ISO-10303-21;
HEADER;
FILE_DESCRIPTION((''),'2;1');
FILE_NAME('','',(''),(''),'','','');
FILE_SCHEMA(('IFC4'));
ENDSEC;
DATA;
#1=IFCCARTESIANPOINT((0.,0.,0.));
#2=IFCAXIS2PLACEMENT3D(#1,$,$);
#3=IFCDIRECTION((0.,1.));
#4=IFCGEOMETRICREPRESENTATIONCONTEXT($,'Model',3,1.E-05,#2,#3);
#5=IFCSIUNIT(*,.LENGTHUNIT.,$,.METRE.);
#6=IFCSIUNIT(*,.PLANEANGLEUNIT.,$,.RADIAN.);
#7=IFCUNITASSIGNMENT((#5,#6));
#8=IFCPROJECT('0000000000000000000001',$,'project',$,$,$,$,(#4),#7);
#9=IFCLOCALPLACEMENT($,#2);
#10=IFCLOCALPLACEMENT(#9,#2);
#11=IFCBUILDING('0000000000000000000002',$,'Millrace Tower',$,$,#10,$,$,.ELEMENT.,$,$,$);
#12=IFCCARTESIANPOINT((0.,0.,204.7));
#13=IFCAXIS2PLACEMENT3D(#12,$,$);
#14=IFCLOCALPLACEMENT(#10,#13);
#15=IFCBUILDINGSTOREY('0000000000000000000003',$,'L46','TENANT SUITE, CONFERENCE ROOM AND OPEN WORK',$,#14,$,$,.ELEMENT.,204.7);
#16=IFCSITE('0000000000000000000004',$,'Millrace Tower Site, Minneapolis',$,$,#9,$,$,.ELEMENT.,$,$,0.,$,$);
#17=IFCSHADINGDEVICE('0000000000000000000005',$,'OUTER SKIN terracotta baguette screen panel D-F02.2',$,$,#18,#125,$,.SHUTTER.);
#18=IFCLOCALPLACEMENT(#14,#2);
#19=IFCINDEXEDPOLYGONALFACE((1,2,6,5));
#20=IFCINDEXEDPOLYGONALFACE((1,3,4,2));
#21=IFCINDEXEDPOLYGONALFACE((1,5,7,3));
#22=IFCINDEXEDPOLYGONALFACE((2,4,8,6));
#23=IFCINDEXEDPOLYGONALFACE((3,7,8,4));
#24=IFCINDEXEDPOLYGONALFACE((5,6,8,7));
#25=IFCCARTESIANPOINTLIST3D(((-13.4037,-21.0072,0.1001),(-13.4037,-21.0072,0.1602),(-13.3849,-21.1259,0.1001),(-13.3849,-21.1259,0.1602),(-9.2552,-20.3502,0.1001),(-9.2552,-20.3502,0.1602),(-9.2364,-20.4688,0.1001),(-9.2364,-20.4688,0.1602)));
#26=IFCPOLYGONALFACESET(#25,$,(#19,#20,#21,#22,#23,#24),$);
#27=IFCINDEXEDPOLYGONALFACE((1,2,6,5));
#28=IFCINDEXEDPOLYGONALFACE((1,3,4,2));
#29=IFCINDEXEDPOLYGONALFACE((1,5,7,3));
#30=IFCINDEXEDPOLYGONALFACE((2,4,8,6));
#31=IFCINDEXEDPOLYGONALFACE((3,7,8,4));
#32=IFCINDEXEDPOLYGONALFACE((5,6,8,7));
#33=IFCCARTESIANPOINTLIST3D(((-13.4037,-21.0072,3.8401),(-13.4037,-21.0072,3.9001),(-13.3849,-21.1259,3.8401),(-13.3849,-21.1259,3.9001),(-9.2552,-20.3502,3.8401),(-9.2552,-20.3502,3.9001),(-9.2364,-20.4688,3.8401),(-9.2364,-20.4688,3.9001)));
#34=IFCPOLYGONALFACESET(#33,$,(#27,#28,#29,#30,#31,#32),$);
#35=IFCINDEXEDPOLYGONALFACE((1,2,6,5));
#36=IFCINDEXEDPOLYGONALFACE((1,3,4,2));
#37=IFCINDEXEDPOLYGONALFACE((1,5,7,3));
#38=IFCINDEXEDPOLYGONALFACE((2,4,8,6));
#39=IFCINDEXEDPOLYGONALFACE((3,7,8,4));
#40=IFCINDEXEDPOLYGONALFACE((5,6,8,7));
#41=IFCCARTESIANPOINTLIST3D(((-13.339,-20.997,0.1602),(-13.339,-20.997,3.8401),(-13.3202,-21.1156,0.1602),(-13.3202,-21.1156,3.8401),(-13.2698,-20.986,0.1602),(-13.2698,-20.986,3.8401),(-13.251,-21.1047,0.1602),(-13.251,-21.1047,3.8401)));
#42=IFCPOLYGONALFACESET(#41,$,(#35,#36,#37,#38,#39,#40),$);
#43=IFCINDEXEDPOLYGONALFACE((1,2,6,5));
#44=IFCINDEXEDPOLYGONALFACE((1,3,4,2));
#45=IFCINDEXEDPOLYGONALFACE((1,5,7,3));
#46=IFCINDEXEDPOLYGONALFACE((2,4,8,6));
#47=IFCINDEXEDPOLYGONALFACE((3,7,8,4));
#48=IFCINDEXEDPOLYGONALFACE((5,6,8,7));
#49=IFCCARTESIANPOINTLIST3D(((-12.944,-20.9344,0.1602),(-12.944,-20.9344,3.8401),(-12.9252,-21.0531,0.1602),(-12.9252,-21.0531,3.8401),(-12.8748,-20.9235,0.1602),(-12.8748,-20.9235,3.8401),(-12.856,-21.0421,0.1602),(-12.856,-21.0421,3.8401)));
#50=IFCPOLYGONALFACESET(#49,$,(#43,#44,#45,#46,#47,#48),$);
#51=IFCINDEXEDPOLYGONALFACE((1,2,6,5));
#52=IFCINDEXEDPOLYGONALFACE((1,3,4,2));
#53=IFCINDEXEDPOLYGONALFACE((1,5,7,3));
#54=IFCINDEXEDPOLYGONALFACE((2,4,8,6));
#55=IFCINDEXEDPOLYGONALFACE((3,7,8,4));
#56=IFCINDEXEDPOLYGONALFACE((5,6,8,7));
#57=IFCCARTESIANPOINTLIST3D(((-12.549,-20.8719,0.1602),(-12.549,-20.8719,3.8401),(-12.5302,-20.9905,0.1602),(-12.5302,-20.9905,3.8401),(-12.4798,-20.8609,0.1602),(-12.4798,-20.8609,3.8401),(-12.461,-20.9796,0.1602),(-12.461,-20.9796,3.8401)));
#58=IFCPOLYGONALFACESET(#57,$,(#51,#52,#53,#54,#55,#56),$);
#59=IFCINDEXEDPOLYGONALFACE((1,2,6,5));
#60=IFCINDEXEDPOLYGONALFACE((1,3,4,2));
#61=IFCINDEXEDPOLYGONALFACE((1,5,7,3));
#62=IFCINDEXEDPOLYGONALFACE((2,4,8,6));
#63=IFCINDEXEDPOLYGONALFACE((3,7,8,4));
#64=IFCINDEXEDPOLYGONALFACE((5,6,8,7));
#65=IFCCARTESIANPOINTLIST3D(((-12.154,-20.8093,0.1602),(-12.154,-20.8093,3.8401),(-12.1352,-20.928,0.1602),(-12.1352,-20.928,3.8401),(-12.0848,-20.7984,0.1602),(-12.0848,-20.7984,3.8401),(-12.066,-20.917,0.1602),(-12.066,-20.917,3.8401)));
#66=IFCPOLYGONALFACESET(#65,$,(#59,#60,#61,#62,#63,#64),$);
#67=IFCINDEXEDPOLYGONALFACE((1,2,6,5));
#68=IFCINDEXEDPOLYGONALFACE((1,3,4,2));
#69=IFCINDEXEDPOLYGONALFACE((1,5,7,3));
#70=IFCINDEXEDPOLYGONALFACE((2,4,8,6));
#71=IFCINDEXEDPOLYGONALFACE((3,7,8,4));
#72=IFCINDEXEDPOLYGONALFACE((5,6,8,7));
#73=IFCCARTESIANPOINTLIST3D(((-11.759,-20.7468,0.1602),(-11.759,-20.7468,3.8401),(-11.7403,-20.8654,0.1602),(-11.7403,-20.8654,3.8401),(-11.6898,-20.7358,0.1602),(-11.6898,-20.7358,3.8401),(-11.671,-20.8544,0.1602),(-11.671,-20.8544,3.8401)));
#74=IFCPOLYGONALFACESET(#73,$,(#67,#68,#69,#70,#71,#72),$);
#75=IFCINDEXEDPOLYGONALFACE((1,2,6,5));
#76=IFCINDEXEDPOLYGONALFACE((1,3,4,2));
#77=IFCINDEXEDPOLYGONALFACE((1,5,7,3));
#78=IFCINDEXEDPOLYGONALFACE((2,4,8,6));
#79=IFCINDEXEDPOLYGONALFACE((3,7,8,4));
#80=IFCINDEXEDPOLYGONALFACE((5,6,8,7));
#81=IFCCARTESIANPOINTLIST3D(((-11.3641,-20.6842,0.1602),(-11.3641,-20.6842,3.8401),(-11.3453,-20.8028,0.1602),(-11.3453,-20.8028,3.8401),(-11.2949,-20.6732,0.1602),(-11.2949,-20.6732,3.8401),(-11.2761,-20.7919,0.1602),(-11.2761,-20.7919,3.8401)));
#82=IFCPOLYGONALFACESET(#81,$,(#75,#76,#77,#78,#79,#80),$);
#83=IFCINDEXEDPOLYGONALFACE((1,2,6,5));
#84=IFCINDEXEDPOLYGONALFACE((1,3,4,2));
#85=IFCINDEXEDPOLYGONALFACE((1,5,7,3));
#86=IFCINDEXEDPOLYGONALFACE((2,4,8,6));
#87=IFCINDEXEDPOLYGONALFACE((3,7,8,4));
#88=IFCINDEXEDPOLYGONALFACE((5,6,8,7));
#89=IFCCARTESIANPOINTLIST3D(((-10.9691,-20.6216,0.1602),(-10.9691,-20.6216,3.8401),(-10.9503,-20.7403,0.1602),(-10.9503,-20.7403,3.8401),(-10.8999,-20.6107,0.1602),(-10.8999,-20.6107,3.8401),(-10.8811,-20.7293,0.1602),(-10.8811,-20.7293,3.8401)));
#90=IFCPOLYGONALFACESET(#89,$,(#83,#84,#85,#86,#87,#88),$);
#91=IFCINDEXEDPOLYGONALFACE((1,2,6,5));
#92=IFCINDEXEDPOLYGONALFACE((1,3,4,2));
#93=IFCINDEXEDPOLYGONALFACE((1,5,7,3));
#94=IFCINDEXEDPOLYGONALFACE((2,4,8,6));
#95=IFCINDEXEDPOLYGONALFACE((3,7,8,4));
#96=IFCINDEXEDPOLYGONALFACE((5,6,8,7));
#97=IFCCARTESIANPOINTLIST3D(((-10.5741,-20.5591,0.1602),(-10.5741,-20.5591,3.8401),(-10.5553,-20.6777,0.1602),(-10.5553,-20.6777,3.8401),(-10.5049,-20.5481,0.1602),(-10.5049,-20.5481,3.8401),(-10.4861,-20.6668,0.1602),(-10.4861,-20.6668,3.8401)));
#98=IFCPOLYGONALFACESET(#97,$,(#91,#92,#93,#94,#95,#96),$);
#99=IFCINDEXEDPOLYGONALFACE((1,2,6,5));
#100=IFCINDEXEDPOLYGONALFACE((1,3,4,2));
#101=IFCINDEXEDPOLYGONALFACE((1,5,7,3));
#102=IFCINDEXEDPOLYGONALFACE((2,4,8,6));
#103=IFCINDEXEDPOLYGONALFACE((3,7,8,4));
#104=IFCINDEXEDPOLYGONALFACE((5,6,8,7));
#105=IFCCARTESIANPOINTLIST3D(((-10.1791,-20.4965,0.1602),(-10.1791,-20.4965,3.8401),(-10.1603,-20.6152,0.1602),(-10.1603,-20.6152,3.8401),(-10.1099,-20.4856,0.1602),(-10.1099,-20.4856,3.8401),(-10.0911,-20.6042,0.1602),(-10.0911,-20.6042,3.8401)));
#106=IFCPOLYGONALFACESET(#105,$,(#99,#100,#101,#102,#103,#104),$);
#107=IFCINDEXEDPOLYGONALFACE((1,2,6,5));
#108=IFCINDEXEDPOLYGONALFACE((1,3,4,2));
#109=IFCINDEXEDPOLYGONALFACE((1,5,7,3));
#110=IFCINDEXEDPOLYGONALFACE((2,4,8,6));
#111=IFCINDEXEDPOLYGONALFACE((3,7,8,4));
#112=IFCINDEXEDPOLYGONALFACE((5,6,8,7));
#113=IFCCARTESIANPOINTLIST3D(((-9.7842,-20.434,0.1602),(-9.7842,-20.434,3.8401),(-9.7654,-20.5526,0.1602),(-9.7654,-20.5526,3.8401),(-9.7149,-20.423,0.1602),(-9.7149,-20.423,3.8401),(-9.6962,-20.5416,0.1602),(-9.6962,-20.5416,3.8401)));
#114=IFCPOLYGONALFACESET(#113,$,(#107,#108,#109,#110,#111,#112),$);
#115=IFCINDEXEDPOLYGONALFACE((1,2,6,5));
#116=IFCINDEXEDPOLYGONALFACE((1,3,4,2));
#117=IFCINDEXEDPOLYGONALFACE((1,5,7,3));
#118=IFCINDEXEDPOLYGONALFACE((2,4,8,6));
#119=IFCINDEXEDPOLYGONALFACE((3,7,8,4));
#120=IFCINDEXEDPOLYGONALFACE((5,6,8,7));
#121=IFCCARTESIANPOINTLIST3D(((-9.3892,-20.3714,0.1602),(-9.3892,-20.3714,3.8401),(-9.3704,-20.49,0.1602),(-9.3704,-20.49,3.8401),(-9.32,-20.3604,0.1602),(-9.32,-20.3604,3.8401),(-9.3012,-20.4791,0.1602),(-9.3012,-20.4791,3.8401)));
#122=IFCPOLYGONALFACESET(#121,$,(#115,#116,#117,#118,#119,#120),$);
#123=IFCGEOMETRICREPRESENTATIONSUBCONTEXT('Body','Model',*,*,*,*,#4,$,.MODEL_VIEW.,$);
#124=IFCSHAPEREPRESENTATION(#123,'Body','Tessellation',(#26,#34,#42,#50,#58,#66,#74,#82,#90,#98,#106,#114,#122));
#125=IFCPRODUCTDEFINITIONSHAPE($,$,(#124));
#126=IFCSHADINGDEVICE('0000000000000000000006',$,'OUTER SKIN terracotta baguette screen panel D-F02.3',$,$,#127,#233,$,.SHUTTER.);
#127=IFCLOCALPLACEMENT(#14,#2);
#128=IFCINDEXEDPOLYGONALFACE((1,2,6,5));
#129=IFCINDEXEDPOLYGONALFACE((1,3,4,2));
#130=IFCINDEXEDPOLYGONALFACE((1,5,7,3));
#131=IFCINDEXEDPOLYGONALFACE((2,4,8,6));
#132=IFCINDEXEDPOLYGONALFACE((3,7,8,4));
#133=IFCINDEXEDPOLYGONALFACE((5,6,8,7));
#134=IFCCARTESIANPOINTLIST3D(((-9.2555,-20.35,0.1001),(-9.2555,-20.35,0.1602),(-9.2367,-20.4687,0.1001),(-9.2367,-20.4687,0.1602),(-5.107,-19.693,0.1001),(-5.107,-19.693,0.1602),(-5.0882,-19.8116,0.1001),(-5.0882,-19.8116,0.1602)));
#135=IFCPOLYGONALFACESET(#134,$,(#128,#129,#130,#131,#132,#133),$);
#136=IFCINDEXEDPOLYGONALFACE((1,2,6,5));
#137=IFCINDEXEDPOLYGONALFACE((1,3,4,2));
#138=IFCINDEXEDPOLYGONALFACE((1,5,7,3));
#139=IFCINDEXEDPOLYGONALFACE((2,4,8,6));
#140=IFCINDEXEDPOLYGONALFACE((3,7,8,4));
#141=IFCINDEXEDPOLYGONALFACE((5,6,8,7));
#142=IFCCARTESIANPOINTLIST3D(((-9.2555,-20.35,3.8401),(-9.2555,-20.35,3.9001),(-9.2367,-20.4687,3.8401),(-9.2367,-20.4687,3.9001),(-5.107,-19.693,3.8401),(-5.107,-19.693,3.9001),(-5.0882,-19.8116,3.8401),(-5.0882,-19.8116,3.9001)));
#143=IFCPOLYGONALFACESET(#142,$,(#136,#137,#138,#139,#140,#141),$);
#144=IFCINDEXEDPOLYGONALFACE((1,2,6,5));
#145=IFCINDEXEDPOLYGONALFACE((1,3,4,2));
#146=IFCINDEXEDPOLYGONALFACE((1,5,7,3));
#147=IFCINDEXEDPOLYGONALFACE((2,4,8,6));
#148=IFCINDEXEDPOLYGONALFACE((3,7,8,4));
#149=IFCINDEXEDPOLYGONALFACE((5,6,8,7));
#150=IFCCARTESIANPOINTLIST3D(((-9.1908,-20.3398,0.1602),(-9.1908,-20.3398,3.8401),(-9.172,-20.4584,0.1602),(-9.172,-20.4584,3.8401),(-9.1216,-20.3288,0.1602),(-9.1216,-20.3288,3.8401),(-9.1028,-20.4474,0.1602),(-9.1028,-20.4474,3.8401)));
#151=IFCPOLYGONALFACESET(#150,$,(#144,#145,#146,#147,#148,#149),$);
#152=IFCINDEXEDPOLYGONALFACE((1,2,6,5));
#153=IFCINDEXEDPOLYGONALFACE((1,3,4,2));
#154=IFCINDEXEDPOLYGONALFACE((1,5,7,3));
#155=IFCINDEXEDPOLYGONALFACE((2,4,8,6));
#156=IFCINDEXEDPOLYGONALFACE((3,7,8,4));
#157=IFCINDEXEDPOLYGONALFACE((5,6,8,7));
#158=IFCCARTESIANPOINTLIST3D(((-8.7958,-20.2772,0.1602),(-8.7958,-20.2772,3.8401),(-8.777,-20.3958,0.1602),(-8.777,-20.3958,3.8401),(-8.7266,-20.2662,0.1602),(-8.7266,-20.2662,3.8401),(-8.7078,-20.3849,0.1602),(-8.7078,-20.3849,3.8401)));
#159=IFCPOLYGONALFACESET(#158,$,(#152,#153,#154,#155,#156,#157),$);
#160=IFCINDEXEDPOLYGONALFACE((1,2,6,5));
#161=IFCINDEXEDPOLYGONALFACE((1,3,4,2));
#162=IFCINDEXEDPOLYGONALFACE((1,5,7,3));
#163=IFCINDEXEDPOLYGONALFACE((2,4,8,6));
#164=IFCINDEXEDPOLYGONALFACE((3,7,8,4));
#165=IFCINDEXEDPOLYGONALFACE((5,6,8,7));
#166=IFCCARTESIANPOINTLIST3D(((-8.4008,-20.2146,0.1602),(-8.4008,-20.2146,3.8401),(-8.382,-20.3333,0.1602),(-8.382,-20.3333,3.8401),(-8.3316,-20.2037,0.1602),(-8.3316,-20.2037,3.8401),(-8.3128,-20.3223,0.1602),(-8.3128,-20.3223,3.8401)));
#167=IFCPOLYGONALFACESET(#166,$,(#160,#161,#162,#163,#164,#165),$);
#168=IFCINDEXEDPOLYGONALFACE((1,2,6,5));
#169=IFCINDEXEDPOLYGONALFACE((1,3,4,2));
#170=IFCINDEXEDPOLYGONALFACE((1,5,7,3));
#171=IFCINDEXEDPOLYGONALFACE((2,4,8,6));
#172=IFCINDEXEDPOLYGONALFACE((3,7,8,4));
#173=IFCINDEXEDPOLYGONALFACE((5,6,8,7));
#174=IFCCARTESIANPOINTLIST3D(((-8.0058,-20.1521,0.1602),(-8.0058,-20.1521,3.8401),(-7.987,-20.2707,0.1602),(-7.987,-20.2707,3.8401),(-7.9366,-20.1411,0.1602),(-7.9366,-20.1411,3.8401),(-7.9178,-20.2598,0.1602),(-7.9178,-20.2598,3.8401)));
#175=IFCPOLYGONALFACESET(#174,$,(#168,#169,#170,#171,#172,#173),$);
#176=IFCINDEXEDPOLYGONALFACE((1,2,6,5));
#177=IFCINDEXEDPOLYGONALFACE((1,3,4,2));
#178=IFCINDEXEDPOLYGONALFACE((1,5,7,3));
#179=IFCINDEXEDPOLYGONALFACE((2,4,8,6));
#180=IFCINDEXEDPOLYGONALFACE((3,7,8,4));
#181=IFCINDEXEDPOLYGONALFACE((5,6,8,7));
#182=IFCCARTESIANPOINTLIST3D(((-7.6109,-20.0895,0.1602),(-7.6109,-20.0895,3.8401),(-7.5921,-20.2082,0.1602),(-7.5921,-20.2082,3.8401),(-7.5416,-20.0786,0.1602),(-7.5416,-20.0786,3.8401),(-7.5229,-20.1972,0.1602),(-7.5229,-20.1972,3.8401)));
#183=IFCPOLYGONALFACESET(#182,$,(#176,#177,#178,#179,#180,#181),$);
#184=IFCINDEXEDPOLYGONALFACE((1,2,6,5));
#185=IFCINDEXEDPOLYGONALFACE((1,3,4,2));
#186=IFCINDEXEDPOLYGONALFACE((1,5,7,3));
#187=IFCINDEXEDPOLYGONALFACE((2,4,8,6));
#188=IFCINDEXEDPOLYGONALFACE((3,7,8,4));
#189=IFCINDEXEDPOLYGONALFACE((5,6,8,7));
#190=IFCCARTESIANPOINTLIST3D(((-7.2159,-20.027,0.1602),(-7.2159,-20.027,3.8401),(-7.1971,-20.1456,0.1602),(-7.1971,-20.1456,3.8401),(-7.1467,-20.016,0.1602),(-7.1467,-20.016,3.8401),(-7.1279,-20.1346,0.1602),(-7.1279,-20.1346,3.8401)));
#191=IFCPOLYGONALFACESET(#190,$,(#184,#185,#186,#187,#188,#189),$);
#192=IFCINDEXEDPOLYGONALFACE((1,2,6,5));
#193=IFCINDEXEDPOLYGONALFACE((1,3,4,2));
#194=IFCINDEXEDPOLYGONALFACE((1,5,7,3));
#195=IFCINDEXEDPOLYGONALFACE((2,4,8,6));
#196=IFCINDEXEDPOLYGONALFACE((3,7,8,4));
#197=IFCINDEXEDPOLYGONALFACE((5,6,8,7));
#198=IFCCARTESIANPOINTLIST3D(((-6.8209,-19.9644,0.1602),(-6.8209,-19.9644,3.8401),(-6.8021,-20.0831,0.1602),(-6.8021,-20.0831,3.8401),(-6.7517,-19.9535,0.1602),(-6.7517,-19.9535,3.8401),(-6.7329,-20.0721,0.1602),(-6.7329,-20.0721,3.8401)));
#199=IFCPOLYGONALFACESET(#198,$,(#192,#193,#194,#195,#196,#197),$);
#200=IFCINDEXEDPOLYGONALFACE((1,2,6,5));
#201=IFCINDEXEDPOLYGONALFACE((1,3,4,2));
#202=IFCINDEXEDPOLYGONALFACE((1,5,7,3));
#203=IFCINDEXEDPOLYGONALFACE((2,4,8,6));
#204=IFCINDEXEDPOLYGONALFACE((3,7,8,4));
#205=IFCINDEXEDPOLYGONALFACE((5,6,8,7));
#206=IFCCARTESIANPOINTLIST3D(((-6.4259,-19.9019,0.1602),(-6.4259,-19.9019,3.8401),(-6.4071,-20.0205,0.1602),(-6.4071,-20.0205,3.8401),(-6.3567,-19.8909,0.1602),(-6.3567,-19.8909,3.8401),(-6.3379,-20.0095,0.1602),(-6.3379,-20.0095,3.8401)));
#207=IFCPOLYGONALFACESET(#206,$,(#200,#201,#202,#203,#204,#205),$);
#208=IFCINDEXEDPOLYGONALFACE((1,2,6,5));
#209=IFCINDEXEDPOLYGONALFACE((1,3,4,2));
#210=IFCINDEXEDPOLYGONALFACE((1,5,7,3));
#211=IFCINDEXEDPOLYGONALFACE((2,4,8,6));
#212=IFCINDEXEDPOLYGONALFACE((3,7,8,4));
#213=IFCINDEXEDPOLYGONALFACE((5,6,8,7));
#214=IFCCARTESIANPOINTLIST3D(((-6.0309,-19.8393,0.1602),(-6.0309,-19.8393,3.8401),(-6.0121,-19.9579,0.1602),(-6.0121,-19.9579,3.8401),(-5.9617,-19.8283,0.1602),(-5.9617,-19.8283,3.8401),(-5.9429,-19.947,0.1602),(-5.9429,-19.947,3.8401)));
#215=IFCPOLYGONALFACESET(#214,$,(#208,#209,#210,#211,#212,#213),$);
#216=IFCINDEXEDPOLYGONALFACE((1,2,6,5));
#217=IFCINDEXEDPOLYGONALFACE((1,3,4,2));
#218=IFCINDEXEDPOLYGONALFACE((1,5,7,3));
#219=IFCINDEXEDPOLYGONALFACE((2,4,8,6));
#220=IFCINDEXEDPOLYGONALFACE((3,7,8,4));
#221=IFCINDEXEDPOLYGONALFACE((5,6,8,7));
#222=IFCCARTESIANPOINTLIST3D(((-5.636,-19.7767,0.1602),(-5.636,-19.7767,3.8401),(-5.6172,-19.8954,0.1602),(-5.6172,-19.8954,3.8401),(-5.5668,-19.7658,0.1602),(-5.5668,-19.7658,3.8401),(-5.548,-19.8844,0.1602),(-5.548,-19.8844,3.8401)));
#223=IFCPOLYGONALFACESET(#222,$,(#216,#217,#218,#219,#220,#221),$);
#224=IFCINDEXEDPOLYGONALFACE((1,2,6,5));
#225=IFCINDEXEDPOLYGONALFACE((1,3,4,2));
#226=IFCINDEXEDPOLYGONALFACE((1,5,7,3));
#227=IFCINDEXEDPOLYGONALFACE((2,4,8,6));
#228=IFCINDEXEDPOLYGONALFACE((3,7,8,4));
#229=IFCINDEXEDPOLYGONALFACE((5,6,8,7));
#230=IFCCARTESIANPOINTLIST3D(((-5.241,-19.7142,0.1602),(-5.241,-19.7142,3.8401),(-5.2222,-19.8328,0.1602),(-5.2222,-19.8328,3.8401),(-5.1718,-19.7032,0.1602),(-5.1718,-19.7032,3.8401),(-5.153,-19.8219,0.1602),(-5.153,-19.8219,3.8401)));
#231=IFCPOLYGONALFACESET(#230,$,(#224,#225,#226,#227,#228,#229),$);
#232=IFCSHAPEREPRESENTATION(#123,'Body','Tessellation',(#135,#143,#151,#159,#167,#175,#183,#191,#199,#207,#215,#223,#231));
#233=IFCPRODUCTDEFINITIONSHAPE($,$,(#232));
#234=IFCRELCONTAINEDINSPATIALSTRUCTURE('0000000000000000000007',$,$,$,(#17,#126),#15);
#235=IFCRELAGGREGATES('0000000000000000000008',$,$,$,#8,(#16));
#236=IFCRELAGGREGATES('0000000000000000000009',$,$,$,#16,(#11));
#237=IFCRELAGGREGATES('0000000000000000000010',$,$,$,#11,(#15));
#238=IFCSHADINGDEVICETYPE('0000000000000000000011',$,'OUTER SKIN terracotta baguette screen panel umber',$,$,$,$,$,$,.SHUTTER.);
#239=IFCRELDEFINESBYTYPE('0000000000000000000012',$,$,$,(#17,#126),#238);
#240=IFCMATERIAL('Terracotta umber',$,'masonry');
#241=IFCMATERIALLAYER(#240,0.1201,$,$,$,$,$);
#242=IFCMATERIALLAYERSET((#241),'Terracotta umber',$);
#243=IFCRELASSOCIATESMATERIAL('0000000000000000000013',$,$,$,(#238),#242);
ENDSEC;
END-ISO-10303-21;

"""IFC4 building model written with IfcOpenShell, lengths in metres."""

from ifc_helpers import new_model, entity, si_unit, direction, frame, frame_2d, origin, origin_2d, place, context, subcontext, project, spatial, rectangle, extrude, source, transform, mapped, material, layer, layer_set, type_object, element, save


model = new_model("IFC4")

# Units and contexts
model_context = context("Model", 3, precision=1e-05, world=origin(), true_north=direction((0.0, 1.0)))
body_context = subcontext(model_context, "Body", "Model", "MODEL_VIEW")
ifc_project = project(units=[si_unit("LENGTHUNIT", "METRE"), si_unit("PLANEANGLEUNIT", "RADIAN")], contexts=[model_context])

# Site, building, storey
site_placement = place(None, origin())
site = spatial("IfcSite", under=ifc_project, at=site_placement, Name="Millrace Tower Site, Minneapolis", CompositionType="ELEMENT", RefElevation=0.0)
building_placement = place(site_placement, origin())
building = spatial("IfcBuilding", under=site, at=building_placement, Name="Millrace Tower", CompositionType="ELEMENT")
storey_placement = place(building_placement, frame((0.0, 0.0, 204.7)))
storey = spatial("IfcBuildingStorey", under=building, at=storey_placement, Name="L46", Description="TENANT SUITE, CONFERENCE ROOM AND OPEN WORK", CompositionType="ELEMENT", Elevation=204.7)

# Shading devices
ifc_material_1 = material(Name="Terracotta umber", Category="masonry")
ifc_layer_1 = layer(ifc_material_1, 0.1201)
ifc_layer_set_1 = layer_set([ifc_layer_1], Name="Terracotta umber")
shading_device_type = type_object("IfcShadingDeviceType", Name="OUTER SKIN terracotta baguette screen panel umber", PredefinedType="SHUTTER", material=ifc_layer_set_1)
cartesian_point = entity("IfcCartesianPoint", [-2.1001, 0.0601])
shared_polyline = entity("IfcPolyline", [cartesian_point, entity("IfcCartesianPoint", [2.1001, 0.0601]), entity("IfcCartesianPoint", [2.1001, -0.0601]), entity("IfcCartesianPoint", [-2.1001, -0.0601]), cartesian_point])
shared_shape = source(origin(), body_context, "Body", "SweptSolid", [
    entity("IfcExtrudedAreaSolid", entity("IfcArbitraryClosedProfileDef", "AREA", None, shared_polyline), entity("IfcAxis2Placement3D", entity("IfcCartesianPoint", [0.0, 0.0, 0.0])), entity("IfcDirection", [0.0, 0.0, 1.0]), 0.0601),
    entity("IfcExtrudedAreaSolid", entity("IfcArbitraryClosedProfileDef", "AREA", None, shared_polyline), entity("IfcAxis2Placement3D", entity("IfcCartesianPoint", [0.0, 0.0, 3.74])), entity("IfcDirection", [0.0, 0.0, 1.0]), 0.0601),
    extrude(rectangle(XDim=0.0701, YDim=0.1201, at=frame_2d((-1.9995, 0.0))), frame((0.0, 0.0, 0.0601)), (0.0, 0.0, 1.0), 3.6799),
    extrude(rectangle(XDim=0.0701, YDim=0.1201, at=frame_2d((-1.5996, 0.0))), frame((0.0, 0.0, 0.0601)), (0.0, 0.0, 1.0), 3.6799),
    extrude(rectangle(XDim=0.0701, YDim=0.1201, at=frame_2d((-1.1997, 0.0))), frame((0.0, 0.0, 0.0601)), (0.0, 0.0, 1.0), 3.6799),
    extrude(rectangle(XDim=0.0701, YDim=0.1201, at=frame_2d((-0.7998, 0.0))), frame((0.0, 0.0, 0.0601)), (0.0, 0.0, 1.0), 3.6799),
    extrude(rectangle(XDim=0.0701, YDim=0.1201, at=frame_2d((-0.3999, 0.0))), frame((0.0, 0.0, 0.0601)), (0.0, 0.0, 1.0), 3.6799),
    extrude(rectangle(XDim=0.0701, YDim=0.1201, at=origin_2d()), frame((0.0, 0.0, 0.0601)), (0.0, 0.0, 1.0), 3.6799),
    extrude(rectangle(XDim=0.0701, YDim=0.1201, at=frame_2d((0.3999, 0.0))), frame((0.0, 0.0, 0.0601)), (0.0, 0.0, 1.0), 3.6799),
    extrude(rectangle(XDim=0.0701, YDim=0.1201, at=frame_2d((0.7998, 0.0))), frame((0.0, 0.0, 0.0601)), (0.0, 0.0, 1.0), 3.6799),
    extrude(rectangle(XDim=0.0701, YDim=0.1201, at=frame_2d((1.1997, 0.0))), frame((0.0, 0.0, 0.0601)), (0.0, 0.0, 1.0), 3.6799),
    extrude(rectangle(XDim=0.0701, YDim=0.1201, at=frame_2d((1.5996, 0.0))), frame((0.0, 0.0, 0.0601)), (0.0, 0.0, 1.0), 3.6799),
    extrude(rectangle(XDim=0.0701, YDim=0.1201, at=frame_2d((1.9995, 0.0))), frame((0.0, 0.0, 0.0601)), (0.0, 0.0, 1.0), 3.6799),
])
for number, where, z_axis, x_axis, name in (
    (1, (-11.3201, -20.738, 0.1001), (0.0, 0.0, 1.0), (0.987688, 0.156434, 0.0), "OUTER SKIN terracotta baguette screen panel D-F02.2"),
    (2, (-7.1719, -20.0808, 0.1001), (0.0, 0.0, 1.0), (0.987688, 0.156434, 0.0), "OUTER SKIN terracotta baguette screen panel D-F02.3"),
):
    element("IfcShadingDevice", number, at=place(storey_placement, frame(where, z_axis=z_axis, x_axis=x_axis)), inside=storey, type_object=shading_device_type, Name=name, PredefinedType="SHUTTER", context=body_context, shape_type="MappedRepresentation", body=[
        mapped(shared_shape, transform((0.0, 0.0, 0.0), scale=1.0)),
    ])

save(model, "model.ifc")
